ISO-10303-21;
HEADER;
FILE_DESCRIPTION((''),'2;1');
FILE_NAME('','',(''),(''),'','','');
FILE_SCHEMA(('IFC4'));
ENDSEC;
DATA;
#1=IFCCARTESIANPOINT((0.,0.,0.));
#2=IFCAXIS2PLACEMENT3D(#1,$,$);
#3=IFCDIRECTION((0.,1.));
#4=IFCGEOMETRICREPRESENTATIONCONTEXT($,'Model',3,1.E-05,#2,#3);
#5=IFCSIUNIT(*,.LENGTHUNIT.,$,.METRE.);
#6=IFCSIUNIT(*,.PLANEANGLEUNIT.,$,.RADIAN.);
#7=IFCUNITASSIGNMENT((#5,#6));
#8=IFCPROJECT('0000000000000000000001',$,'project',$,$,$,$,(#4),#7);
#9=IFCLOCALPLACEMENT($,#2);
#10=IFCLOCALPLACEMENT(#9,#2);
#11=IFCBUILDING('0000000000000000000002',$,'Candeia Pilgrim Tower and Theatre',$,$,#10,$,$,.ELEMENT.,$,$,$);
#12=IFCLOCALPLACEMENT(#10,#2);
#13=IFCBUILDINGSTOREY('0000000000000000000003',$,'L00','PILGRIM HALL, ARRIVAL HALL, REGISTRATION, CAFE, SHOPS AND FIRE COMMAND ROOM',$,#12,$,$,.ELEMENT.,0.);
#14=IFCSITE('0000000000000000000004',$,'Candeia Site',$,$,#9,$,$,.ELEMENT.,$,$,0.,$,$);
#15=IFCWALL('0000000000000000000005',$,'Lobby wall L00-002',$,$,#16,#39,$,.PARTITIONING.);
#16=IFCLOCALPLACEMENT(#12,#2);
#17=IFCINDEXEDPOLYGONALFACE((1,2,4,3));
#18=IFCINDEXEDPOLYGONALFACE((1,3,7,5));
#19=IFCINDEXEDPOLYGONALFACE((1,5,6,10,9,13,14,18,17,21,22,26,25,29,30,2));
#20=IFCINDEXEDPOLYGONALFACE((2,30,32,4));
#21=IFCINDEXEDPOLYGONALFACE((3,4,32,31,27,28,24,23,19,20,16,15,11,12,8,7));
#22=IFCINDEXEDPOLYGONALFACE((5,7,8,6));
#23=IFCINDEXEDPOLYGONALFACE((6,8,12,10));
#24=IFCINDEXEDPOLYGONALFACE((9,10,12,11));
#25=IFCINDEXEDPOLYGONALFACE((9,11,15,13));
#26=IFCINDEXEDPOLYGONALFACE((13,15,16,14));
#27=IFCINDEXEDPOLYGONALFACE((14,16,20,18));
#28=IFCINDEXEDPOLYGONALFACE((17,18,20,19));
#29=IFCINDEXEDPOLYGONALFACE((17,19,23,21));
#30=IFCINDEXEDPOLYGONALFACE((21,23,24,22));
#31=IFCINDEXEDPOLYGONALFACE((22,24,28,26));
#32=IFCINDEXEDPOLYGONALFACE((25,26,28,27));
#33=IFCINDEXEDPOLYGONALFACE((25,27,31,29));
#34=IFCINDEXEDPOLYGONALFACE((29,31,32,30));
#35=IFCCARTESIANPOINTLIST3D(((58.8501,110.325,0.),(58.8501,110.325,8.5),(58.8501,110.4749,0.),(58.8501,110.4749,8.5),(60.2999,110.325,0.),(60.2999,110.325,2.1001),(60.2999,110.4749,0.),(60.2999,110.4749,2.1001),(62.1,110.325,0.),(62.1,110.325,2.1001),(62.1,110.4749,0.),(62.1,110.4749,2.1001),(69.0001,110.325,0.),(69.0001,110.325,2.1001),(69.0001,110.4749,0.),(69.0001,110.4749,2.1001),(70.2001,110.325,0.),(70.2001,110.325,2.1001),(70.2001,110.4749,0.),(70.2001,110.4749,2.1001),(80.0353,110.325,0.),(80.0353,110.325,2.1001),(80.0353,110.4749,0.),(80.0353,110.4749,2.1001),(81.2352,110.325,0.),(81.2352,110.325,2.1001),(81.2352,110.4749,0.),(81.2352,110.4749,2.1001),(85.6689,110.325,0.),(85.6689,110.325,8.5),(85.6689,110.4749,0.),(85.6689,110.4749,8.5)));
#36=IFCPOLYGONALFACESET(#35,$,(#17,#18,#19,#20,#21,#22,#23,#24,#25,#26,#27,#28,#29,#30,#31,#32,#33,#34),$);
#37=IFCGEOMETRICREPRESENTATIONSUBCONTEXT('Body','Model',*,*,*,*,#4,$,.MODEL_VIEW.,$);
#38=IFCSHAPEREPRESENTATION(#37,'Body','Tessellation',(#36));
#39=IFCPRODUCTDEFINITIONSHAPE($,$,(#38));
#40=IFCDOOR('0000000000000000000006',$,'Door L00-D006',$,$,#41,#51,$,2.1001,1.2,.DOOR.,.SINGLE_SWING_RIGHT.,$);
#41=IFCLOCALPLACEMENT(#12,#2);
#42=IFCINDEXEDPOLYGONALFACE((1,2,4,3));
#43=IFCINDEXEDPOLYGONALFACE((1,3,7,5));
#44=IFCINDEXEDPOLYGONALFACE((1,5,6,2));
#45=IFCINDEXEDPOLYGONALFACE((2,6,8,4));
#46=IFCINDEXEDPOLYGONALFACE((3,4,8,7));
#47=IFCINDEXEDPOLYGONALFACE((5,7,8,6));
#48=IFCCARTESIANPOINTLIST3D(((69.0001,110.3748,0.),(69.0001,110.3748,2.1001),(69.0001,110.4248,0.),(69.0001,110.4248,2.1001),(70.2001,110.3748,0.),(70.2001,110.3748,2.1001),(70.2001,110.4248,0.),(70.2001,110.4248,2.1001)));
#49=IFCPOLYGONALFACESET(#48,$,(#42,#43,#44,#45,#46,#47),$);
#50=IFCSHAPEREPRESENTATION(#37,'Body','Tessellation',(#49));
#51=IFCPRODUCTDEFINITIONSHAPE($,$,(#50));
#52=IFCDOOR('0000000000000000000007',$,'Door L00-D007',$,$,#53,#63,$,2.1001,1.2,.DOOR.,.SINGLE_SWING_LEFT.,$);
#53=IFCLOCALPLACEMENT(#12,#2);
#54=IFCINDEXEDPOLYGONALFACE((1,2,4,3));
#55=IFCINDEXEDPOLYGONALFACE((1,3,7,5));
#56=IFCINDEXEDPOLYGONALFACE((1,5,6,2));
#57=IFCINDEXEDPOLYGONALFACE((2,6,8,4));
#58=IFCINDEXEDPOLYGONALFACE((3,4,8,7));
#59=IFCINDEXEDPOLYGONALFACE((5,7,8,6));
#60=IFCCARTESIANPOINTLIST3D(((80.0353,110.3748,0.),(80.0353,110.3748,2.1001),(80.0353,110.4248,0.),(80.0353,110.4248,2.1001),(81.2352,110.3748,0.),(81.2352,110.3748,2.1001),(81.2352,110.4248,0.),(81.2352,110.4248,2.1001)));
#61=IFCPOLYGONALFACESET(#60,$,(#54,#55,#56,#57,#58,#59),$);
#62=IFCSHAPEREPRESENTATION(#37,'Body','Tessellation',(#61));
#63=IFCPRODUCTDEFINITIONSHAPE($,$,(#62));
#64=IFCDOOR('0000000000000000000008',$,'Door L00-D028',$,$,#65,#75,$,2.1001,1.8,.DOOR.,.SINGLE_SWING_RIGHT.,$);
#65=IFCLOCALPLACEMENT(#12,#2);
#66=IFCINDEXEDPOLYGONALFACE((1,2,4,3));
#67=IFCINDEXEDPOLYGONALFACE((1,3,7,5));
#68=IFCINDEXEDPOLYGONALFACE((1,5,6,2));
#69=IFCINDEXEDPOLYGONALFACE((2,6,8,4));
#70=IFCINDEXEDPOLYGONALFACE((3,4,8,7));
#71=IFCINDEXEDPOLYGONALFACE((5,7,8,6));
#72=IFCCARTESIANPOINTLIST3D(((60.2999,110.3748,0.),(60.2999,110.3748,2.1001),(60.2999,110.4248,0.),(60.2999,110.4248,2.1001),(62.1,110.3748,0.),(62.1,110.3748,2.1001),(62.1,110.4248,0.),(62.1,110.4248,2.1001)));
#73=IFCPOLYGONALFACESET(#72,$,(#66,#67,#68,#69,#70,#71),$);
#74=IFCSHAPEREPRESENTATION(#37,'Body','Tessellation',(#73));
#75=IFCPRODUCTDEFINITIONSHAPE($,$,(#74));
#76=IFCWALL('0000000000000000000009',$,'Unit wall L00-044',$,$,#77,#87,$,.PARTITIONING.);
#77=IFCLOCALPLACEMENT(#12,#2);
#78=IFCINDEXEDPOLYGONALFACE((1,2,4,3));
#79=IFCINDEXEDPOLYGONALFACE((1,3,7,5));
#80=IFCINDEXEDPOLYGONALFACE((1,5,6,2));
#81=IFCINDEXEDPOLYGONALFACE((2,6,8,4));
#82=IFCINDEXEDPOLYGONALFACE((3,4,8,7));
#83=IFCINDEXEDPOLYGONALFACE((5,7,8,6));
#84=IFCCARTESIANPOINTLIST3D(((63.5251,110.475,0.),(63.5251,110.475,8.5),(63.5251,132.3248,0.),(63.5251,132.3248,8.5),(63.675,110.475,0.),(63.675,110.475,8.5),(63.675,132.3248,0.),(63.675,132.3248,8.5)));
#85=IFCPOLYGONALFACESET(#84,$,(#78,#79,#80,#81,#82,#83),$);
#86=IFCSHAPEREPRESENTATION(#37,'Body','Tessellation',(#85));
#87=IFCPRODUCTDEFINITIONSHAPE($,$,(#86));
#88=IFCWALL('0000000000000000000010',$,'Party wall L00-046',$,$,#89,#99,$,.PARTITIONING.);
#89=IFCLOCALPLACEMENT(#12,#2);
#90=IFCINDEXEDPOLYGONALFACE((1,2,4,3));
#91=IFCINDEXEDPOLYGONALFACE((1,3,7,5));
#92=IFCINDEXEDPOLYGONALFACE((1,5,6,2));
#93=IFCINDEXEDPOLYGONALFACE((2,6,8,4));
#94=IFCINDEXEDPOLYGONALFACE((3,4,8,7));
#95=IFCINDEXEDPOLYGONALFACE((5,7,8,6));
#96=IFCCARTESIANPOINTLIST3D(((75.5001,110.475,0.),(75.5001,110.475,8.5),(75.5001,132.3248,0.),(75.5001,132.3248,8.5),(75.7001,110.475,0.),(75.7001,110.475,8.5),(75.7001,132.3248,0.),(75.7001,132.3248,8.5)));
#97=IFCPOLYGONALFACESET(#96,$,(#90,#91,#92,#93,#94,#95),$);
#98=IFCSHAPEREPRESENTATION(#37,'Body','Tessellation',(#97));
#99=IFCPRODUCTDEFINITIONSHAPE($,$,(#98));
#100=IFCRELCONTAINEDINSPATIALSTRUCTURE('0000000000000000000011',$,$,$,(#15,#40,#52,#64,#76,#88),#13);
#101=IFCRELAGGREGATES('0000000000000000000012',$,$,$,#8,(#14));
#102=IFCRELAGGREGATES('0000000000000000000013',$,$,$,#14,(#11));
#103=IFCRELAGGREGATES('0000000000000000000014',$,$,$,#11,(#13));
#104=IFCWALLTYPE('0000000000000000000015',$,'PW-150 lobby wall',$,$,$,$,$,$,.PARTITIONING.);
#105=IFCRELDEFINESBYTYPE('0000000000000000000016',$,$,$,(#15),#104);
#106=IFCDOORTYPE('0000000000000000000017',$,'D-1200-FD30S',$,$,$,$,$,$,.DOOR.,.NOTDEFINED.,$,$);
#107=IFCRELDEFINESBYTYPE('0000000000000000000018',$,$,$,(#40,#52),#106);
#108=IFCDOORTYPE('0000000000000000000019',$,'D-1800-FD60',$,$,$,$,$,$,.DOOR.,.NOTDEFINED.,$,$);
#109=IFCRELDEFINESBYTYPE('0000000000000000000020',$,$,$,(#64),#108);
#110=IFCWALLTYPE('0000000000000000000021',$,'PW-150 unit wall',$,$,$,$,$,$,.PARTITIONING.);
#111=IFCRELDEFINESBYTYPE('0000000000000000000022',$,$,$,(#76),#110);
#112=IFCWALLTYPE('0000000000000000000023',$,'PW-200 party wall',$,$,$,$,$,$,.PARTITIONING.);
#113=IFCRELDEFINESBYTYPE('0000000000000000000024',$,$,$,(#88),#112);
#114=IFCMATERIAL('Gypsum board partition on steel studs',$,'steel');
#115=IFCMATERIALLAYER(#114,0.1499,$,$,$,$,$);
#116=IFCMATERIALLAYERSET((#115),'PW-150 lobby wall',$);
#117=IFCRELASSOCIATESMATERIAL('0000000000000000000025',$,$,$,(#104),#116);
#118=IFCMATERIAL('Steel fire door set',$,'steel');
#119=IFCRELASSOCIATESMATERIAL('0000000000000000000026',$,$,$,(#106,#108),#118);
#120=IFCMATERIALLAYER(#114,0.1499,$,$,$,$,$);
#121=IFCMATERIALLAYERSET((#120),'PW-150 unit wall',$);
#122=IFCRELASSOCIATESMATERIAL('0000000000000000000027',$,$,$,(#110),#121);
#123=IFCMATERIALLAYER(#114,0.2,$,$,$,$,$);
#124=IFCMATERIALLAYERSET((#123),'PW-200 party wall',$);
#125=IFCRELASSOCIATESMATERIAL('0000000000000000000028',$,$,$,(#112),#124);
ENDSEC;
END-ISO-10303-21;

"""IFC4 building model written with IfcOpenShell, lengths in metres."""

from ifc_helpers import new_model, si_unit, direction, frame, frame_2d, origin, place, context, subcontext, project, spatial, rectangle, extrude, material, layer, layer_set, type_object, element, fill, save


model = new_model("IFC4")

# Units and contexts
model_context = context("Model", 3, precision=1e-05, world=origin(), true_north=direction((0.0, 1.0)))
body_context = subcontext(model_context, "Body", "Model", "MODEL_VIEW")
ifc_project = project(units=[si_unit("LENGTHUNIT", "METRE"), si_unit("PLANEANGLEUNIT", "RADIAN")], contexts=[model_context])

# Site, building, storey
site_placement = place(None, origin())
site = spatial("IfcSite", under=ifc_project, at=site_placement, Name="Candeia Site", CompositionType="ELEMENT", RefElevation=0.0)
building_placement = place(site_placement, origin())
building = spatial("IfcBuilding", under=site, at=building_placement, Name="Candeia Pilgrim Tower and Theatre", CompositionType="ELEMENT")
storey_placement = place(building_placement, origin())
storey = spatial("IfcBuildingStorey", under=building, at=storey_placement, Name="L00", Description="PILGRIM HALL, ARRIVAL HALL, REGISTRATION, CAFE, SHOPS AND FIRE COMMAND ROOM", CompositionType="ELEMENT", Elevation=0.0)

# Wall, openings, doors
ifc_material_1 = material(Name="Gypsum board partition on steel studs", Category="steel")
ifc_layer_1 = layer(ifc_material_1, 0.1499)
ifc_layer_set_1 = layer_set([ifc_layer_1], Name="PW-150 lobby wall")
wall_type_1 = type_object("IfcWallType", Name="PW-150 lobby wall", PredefinedType="PARTITIONING", material=ifc_layer_set_1)
wall_1_placement = place(storey_placement, frame((58.8501, 110.3999, 0.0), z_axis=(0.0, 0.0, 1.0), x_axis=(1.0, 0.0, 0.0)))
wall_1 = element("IfcWall", 1, at=wall_1_placement, inside=storey, type_object=wall_type_1, Name="Lobby wall L00-002", PredefinedType="PARTITIONING", context=body_context, shape_type="SweptSolid", body=[
    extrude(rectangle(XDim=26.8188, YDim=0.1499, at=frame_2d((13.4094, 0.0))), origin(), (0.0, 0.0, 1.0), 8.5),
])
opening_1_placement = place(wall_1_placement, frame((10.1499, 0.0, 0.0)))
opening_1 = element("IfcOpeningElement", 2, at=opening_1_placement, cuts=wall_1, PredefinedType="OPENING", context=body_context, shape_type="SweptSolid", body=[
    extrude(rectangle(XDim=1.2, YDim=2.1001, at=frame_2d((0.6001, 1.05))), frame((0.0, 0.085, 0.0), z_axis=(0.0, -1.0, 0.0), x_axis=(1.0, 0.0, 0.0)), (0.0, 0.0, 1.0), 0.1699),
])
opening_2_placement = place(wall_1_placement, frame((21.1851, 0.0, 0.0)))
opening_2 = element("IfcOpeningElement", 3, at=opening_2_placement, cuts=wall_1, PredefinedType="OPENING", context=body_context, shape_type="SweptSolid", body=[
    extrude(rectangle(XDim=1.2, YDim=2.1001, at=frame_2d((0.6001, 1.05))), frame((0.0, 0.085, 0.0), z_axis=(0.0, -1.0, 0.0), x_axis=(1.0, 0.0, 0.0)), (0.0, 0.0, 1.0), 0.1699),
])
opening_3_placement = place(wall_1_placement, frame((1.45, 0.0, 0.0)))
opening_3 = element("IfcOpeningElement", 4, at=opening_3_placement, cuts=wall_1, PredefinedType="OPENING", context=body_context, shape_type="SweptSolid", body=[
    extrude(rectangle(XDim=1.8, YDim=2.1001, at=frame_2d((0.8999, 1.05))), frame((0.0, 0.085, 0.0), z_axis=(0.0, -1.0, 0.0), x_axis=(1.0, 0.0, 0.0)), (0.0, 0.0, 1.0), 0.1699),
])
ifc_material_2 = material(Name="Steel fire door set", Category="steel")
door_type_1 = type_object("IfcDoorType", Name="D-1200-FD30S", OperationType="NOTDEFINED", PredefinedType="DOOR", material=ifc_material_2)
door_1_placement = place(opening_1_placement, origin())
door_1 = element("IfcDoor", 5, at=door_1_placement, inside=storey, type_object=door_type_1, Name="Door L00-D006", OperationType="SINGLE_SWING_RIGHT", OverallHeight=2.1001, OverallWidth=1.2, PredefinedType="DOOR", context=body_context, shape_type="SweptSolid", body=[
    extrude(rectangle(XDim=1.2, YDim=2.1001, at=frame_2d((0.6001, 1.05))), frame((0.0, 0.0249, 0.0), z_axis=(0.0, -1.0, 0.0), x_axis=(1.0, 0.0, 0.0)), (0.0, 0.0, 1.0), 0.05),
])
fill(opening_1, door_1)
door_2_placement = place(opening_2_placement, origin())
door_2 = element("IfcDoor", 6, at=door_2_placement, inside=storey, type_object=door_type_1, Name="Door L00-D007", OperationType="SINGLE_SWING_LEFT", OverallHeight=2.1001, OverallWidth=1.2, PredefinedType="DOOR", context=body_context, shape_type="SweptSolid", body=[
    extrude(rectangle(XDim=1.2, YDim=2.1001, at=frame_2d((0.6001, 1.05))), frame((0.0, 0.0249, 0.0), z_axis=(0.0, -1.0, 0.0), x_axis=(1.0, 0.0, 0.0)), (0.0, 0.0, 1.0), 0.05),
])
fill(opening_2, door_2)
door_type_2 = type_object("IfcDoorType", Name="D-1800-FD60", OperationType="NOTDEFINED", PredefinedType="DOOR", material=ifc_material_2)
door_3_placement = place(opening_3_placement, origin())
door_3 = element("IfcDoor", 7, at=door_3_placement, inside=storey, type_object=door_type_2, Name="Door L00-D028", OperationType="SINGLE_SWING_RIGHT", OverallHeight=2.1001, OverallWidth=1.8, PredefinedType="DOOR", context=body_context, shape_type="SweptSolid", body=[
    extrude(rectangle(XDim=1.8, YDim=2.1001, at=frame_2d((0.8999, 1.05))), frame((0.0, 0.0249, 0.0), z_axis=(0.0, -1.0, 0.0), x_axis=(1.0, 0.0, 0.0)), (0.0, 0.0, 1.0), 0.05),
])
fill(opening_3, door_3)

# Walls
ifc_layer_2 = layer(ifc_material_1, 0.1499)
ifc_layer_set_2 = layer_set([ifc_layer_2], Name="PW-150 unit wall")
wall_type_2 = type_object("IfcWallType", Name="PW-150 unit wall", PredefinedType="PARTITIONING", material=ifc_layer_set_2)
wall_2_placement = place(storey_placement, frame((63.6001, 110.4751, 0.0), z_axis=(0.0, 0.0, 1.0), x_axis=(0.0, 1.0, 0.0)))
element("IfcWall", 8, at=wall_2_placement, inside=storey, type_object=wall_type_2, Name="Unit wall L00-044", PredefinedType="PARTITIONING", context=body_context, shape_type="SweptSolid", body=[
    extrude(rectangle(XDim=21.8499, YDim=0.1499, at=frame_2d((10.9248, 0.0))), origin(), (0.0, 0.0, 1.0), 8.5),
])
ifc_layer_3 = layer(ifc_material_1, 0.2)
ifc_layer_set_3 = layer_set([ifc_layer_3], Name="PW-200 party wall")
wall_type_3 = type_object("IfcWallType", Name="PW-200 party wall", PredefinedType="PARTITIONING", material=ifc_layer_set_3)
wall_3_placement = place(storey_placement, frame((75.6001, 110.4751, 0.0), z_axis=(0.0, 0.0, 1.0), x_axis=(0.0, 1.0, 0.0)))
element("IfcWall", 9, at=wall_3_placement, inside=storey, type_object=wall_type_3, Name="Party wall L00-046", PredefinedType="PARTITIONING", context=body_context, shape_type="SweptSolid", body=[
    extrude(rectangle(XDim=21.8499, YDim=0.2, at=frame_2d((10.9248, 0.0))), origin(), (0.0, 0.0, 1.0), 8.5),
])

save(model, "model.ifc")
